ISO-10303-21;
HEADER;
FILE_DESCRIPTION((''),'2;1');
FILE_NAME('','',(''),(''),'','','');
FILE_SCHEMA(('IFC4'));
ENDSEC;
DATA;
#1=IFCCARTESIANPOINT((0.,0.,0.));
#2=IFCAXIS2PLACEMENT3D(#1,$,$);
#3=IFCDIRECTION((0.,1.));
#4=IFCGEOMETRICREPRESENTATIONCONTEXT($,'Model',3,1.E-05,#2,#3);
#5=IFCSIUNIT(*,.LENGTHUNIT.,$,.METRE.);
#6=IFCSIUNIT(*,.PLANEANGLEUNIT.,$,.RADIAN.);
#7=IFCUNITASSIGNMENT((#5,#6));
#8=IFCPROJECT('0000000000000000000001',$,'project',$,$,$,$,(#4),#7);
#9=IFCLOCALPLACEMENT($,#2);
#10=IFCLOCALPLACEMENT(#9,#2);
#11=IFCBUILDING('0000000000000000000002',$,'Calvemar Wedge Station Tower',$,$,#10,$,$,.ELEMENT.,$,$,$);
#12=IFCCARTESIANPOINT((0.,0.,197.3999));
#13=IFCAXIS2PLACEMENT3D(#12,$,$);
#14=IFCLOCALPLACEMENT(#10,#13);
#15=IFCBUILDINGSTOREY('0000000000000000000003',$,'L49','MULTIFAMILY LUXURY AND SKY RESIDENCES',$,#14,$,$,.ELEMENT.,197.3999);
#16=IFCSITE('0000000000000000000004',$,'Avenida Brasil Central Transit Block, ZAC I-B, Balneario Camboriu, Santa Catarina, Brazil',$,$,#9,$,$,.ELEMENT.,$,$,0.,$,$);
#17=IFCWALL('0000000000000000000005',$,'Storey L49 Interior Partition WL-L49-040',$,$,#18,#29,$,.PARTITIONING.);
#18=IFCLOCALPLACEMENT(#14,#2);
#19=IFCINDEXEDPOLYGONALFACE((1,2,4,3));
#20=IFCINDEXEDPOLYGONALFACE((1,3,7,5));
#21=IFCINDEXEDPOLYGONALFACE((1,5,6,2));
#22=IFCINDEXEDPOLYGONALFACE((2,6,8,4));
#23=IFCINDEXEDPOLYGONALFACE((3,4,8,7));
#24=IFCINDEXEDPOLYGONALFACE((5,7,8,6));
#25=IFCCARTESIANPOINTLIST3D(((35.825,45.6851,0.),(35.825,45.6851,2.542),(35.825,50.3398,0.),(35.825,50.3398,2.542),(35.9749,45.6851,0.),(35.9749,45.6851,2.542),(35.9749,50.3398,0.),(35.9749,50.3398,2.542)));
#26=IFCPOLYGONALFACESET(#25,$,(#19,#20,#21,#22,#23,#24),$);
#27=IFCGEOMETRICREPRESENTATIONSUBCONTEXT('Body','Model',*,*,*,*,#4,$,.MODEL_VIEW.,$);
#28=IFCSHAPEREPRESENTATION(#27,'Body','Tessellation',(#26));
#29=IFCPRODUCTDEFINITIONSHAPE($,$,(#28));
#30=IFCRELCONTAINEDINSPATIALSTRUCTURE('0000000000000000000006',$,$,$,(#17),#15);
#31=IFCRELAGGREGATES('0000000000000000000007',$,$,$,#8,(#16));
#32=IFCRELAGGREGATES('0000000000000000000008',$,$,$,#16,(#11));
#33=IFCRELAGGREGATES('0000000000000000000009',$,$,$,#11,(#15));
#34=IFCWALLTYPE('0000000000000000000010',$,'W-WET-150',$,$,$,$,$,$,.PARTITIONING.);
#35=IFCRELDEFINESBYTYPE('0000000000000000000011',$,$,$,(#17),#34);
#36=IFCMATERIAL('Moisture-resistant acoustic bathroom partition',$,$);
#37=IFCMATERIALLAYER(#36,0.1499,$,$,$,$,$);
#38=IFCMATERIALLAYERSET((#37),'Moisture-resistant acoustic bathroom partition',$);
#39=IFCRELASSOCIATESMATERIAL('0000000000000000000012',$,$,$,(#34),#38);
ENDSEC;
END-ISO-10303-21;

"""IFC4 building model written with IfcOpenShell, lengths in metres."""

from ifc_helpers import new_model, si_unit, direction, frame, frame_2d, origin, place, context, subcontext, project, spatial, rectangle, extrude, material, layer, layer_set, type_object, element, save


model = new_model("IFC4")

# Units and contexts
model_context = context("Model", 3, precision=1e-05, world=origin(), true_north=direction((0.0, 1.0)))
body_context = subcontext(model_context, "Body", "Model", "MODEL_VIEW")
ifc_project = project(units=[si_unit("LENGTHUNIT", "METRE"), si_unit("PLANEANGLEUNIT", "RADIAN")], contexts=[model_context])

# Site, building, storey
site_placement = place(None, origin())
site = spatial("IfcSite", under=ifc_project, at=site_placement, Name="Avenida Brasil Central Transit Block, ZAC I-B, Balneario Camboriu, Santa Catarina, Brazil", CompositionType="ELEMENT", RefElevation=0.0)
building_placement = place(site_placement, origin())
building = spatial("IfcBuilding", under=site, at=building_placement, Name="Calvemar Wedge Station Tower", CompositionType="ELEMENT")
storey_placement = place(building_placement, frame((0.0, 0.0, 197.3999)))
storey = spatial("IfcBuildingStorey", under=building, at=storey_placement, Name="L49", Description="MULTIFAMILY LUXURY AND SKY RESIDENCES", CompositionType="ELEMENT", Elevation=197.3999)

# Shared definitions
ifc_material_1 = material(Name="Moisture-resistant acoustic bathroom partition")
ifc_layer_1 = layer(ifc_material_1, 0.1499)
ifc_layer_set_1 = layer_set([ifc_layer_1], Name="Moisture-resistant acoustic bathroom partition")
wall_type_1 = type_object("IfcWallType", Name="W-WET-150", PredefinedType="PARTITIONING", material=ifc_layer_set_1)

# Wall
wall_1_placement = place(storey_placement, frame((35.8999, 50.3398, 0.0), z_axis=(0.0, 0.0, 1.0), x_axis=(0.0, -1.0, 0.0)))
element("IfcWall", 1, at=wall_1_placement, inside=storey, type_object=wall_type_1, Name="Storey L49 Interior Partition WL-L49-040", PredefinedType="PARTITIONING", context=body_context, shape_type="SweptSolid", body=[
    extrude(rectangle(XDim=4.6548, YDim=0.1499, at=frame_2d((2.3274, 0.0))), origin(), (0.0, 0.0, 1.0), 2.542),
])

save(model, "model.ifc")
